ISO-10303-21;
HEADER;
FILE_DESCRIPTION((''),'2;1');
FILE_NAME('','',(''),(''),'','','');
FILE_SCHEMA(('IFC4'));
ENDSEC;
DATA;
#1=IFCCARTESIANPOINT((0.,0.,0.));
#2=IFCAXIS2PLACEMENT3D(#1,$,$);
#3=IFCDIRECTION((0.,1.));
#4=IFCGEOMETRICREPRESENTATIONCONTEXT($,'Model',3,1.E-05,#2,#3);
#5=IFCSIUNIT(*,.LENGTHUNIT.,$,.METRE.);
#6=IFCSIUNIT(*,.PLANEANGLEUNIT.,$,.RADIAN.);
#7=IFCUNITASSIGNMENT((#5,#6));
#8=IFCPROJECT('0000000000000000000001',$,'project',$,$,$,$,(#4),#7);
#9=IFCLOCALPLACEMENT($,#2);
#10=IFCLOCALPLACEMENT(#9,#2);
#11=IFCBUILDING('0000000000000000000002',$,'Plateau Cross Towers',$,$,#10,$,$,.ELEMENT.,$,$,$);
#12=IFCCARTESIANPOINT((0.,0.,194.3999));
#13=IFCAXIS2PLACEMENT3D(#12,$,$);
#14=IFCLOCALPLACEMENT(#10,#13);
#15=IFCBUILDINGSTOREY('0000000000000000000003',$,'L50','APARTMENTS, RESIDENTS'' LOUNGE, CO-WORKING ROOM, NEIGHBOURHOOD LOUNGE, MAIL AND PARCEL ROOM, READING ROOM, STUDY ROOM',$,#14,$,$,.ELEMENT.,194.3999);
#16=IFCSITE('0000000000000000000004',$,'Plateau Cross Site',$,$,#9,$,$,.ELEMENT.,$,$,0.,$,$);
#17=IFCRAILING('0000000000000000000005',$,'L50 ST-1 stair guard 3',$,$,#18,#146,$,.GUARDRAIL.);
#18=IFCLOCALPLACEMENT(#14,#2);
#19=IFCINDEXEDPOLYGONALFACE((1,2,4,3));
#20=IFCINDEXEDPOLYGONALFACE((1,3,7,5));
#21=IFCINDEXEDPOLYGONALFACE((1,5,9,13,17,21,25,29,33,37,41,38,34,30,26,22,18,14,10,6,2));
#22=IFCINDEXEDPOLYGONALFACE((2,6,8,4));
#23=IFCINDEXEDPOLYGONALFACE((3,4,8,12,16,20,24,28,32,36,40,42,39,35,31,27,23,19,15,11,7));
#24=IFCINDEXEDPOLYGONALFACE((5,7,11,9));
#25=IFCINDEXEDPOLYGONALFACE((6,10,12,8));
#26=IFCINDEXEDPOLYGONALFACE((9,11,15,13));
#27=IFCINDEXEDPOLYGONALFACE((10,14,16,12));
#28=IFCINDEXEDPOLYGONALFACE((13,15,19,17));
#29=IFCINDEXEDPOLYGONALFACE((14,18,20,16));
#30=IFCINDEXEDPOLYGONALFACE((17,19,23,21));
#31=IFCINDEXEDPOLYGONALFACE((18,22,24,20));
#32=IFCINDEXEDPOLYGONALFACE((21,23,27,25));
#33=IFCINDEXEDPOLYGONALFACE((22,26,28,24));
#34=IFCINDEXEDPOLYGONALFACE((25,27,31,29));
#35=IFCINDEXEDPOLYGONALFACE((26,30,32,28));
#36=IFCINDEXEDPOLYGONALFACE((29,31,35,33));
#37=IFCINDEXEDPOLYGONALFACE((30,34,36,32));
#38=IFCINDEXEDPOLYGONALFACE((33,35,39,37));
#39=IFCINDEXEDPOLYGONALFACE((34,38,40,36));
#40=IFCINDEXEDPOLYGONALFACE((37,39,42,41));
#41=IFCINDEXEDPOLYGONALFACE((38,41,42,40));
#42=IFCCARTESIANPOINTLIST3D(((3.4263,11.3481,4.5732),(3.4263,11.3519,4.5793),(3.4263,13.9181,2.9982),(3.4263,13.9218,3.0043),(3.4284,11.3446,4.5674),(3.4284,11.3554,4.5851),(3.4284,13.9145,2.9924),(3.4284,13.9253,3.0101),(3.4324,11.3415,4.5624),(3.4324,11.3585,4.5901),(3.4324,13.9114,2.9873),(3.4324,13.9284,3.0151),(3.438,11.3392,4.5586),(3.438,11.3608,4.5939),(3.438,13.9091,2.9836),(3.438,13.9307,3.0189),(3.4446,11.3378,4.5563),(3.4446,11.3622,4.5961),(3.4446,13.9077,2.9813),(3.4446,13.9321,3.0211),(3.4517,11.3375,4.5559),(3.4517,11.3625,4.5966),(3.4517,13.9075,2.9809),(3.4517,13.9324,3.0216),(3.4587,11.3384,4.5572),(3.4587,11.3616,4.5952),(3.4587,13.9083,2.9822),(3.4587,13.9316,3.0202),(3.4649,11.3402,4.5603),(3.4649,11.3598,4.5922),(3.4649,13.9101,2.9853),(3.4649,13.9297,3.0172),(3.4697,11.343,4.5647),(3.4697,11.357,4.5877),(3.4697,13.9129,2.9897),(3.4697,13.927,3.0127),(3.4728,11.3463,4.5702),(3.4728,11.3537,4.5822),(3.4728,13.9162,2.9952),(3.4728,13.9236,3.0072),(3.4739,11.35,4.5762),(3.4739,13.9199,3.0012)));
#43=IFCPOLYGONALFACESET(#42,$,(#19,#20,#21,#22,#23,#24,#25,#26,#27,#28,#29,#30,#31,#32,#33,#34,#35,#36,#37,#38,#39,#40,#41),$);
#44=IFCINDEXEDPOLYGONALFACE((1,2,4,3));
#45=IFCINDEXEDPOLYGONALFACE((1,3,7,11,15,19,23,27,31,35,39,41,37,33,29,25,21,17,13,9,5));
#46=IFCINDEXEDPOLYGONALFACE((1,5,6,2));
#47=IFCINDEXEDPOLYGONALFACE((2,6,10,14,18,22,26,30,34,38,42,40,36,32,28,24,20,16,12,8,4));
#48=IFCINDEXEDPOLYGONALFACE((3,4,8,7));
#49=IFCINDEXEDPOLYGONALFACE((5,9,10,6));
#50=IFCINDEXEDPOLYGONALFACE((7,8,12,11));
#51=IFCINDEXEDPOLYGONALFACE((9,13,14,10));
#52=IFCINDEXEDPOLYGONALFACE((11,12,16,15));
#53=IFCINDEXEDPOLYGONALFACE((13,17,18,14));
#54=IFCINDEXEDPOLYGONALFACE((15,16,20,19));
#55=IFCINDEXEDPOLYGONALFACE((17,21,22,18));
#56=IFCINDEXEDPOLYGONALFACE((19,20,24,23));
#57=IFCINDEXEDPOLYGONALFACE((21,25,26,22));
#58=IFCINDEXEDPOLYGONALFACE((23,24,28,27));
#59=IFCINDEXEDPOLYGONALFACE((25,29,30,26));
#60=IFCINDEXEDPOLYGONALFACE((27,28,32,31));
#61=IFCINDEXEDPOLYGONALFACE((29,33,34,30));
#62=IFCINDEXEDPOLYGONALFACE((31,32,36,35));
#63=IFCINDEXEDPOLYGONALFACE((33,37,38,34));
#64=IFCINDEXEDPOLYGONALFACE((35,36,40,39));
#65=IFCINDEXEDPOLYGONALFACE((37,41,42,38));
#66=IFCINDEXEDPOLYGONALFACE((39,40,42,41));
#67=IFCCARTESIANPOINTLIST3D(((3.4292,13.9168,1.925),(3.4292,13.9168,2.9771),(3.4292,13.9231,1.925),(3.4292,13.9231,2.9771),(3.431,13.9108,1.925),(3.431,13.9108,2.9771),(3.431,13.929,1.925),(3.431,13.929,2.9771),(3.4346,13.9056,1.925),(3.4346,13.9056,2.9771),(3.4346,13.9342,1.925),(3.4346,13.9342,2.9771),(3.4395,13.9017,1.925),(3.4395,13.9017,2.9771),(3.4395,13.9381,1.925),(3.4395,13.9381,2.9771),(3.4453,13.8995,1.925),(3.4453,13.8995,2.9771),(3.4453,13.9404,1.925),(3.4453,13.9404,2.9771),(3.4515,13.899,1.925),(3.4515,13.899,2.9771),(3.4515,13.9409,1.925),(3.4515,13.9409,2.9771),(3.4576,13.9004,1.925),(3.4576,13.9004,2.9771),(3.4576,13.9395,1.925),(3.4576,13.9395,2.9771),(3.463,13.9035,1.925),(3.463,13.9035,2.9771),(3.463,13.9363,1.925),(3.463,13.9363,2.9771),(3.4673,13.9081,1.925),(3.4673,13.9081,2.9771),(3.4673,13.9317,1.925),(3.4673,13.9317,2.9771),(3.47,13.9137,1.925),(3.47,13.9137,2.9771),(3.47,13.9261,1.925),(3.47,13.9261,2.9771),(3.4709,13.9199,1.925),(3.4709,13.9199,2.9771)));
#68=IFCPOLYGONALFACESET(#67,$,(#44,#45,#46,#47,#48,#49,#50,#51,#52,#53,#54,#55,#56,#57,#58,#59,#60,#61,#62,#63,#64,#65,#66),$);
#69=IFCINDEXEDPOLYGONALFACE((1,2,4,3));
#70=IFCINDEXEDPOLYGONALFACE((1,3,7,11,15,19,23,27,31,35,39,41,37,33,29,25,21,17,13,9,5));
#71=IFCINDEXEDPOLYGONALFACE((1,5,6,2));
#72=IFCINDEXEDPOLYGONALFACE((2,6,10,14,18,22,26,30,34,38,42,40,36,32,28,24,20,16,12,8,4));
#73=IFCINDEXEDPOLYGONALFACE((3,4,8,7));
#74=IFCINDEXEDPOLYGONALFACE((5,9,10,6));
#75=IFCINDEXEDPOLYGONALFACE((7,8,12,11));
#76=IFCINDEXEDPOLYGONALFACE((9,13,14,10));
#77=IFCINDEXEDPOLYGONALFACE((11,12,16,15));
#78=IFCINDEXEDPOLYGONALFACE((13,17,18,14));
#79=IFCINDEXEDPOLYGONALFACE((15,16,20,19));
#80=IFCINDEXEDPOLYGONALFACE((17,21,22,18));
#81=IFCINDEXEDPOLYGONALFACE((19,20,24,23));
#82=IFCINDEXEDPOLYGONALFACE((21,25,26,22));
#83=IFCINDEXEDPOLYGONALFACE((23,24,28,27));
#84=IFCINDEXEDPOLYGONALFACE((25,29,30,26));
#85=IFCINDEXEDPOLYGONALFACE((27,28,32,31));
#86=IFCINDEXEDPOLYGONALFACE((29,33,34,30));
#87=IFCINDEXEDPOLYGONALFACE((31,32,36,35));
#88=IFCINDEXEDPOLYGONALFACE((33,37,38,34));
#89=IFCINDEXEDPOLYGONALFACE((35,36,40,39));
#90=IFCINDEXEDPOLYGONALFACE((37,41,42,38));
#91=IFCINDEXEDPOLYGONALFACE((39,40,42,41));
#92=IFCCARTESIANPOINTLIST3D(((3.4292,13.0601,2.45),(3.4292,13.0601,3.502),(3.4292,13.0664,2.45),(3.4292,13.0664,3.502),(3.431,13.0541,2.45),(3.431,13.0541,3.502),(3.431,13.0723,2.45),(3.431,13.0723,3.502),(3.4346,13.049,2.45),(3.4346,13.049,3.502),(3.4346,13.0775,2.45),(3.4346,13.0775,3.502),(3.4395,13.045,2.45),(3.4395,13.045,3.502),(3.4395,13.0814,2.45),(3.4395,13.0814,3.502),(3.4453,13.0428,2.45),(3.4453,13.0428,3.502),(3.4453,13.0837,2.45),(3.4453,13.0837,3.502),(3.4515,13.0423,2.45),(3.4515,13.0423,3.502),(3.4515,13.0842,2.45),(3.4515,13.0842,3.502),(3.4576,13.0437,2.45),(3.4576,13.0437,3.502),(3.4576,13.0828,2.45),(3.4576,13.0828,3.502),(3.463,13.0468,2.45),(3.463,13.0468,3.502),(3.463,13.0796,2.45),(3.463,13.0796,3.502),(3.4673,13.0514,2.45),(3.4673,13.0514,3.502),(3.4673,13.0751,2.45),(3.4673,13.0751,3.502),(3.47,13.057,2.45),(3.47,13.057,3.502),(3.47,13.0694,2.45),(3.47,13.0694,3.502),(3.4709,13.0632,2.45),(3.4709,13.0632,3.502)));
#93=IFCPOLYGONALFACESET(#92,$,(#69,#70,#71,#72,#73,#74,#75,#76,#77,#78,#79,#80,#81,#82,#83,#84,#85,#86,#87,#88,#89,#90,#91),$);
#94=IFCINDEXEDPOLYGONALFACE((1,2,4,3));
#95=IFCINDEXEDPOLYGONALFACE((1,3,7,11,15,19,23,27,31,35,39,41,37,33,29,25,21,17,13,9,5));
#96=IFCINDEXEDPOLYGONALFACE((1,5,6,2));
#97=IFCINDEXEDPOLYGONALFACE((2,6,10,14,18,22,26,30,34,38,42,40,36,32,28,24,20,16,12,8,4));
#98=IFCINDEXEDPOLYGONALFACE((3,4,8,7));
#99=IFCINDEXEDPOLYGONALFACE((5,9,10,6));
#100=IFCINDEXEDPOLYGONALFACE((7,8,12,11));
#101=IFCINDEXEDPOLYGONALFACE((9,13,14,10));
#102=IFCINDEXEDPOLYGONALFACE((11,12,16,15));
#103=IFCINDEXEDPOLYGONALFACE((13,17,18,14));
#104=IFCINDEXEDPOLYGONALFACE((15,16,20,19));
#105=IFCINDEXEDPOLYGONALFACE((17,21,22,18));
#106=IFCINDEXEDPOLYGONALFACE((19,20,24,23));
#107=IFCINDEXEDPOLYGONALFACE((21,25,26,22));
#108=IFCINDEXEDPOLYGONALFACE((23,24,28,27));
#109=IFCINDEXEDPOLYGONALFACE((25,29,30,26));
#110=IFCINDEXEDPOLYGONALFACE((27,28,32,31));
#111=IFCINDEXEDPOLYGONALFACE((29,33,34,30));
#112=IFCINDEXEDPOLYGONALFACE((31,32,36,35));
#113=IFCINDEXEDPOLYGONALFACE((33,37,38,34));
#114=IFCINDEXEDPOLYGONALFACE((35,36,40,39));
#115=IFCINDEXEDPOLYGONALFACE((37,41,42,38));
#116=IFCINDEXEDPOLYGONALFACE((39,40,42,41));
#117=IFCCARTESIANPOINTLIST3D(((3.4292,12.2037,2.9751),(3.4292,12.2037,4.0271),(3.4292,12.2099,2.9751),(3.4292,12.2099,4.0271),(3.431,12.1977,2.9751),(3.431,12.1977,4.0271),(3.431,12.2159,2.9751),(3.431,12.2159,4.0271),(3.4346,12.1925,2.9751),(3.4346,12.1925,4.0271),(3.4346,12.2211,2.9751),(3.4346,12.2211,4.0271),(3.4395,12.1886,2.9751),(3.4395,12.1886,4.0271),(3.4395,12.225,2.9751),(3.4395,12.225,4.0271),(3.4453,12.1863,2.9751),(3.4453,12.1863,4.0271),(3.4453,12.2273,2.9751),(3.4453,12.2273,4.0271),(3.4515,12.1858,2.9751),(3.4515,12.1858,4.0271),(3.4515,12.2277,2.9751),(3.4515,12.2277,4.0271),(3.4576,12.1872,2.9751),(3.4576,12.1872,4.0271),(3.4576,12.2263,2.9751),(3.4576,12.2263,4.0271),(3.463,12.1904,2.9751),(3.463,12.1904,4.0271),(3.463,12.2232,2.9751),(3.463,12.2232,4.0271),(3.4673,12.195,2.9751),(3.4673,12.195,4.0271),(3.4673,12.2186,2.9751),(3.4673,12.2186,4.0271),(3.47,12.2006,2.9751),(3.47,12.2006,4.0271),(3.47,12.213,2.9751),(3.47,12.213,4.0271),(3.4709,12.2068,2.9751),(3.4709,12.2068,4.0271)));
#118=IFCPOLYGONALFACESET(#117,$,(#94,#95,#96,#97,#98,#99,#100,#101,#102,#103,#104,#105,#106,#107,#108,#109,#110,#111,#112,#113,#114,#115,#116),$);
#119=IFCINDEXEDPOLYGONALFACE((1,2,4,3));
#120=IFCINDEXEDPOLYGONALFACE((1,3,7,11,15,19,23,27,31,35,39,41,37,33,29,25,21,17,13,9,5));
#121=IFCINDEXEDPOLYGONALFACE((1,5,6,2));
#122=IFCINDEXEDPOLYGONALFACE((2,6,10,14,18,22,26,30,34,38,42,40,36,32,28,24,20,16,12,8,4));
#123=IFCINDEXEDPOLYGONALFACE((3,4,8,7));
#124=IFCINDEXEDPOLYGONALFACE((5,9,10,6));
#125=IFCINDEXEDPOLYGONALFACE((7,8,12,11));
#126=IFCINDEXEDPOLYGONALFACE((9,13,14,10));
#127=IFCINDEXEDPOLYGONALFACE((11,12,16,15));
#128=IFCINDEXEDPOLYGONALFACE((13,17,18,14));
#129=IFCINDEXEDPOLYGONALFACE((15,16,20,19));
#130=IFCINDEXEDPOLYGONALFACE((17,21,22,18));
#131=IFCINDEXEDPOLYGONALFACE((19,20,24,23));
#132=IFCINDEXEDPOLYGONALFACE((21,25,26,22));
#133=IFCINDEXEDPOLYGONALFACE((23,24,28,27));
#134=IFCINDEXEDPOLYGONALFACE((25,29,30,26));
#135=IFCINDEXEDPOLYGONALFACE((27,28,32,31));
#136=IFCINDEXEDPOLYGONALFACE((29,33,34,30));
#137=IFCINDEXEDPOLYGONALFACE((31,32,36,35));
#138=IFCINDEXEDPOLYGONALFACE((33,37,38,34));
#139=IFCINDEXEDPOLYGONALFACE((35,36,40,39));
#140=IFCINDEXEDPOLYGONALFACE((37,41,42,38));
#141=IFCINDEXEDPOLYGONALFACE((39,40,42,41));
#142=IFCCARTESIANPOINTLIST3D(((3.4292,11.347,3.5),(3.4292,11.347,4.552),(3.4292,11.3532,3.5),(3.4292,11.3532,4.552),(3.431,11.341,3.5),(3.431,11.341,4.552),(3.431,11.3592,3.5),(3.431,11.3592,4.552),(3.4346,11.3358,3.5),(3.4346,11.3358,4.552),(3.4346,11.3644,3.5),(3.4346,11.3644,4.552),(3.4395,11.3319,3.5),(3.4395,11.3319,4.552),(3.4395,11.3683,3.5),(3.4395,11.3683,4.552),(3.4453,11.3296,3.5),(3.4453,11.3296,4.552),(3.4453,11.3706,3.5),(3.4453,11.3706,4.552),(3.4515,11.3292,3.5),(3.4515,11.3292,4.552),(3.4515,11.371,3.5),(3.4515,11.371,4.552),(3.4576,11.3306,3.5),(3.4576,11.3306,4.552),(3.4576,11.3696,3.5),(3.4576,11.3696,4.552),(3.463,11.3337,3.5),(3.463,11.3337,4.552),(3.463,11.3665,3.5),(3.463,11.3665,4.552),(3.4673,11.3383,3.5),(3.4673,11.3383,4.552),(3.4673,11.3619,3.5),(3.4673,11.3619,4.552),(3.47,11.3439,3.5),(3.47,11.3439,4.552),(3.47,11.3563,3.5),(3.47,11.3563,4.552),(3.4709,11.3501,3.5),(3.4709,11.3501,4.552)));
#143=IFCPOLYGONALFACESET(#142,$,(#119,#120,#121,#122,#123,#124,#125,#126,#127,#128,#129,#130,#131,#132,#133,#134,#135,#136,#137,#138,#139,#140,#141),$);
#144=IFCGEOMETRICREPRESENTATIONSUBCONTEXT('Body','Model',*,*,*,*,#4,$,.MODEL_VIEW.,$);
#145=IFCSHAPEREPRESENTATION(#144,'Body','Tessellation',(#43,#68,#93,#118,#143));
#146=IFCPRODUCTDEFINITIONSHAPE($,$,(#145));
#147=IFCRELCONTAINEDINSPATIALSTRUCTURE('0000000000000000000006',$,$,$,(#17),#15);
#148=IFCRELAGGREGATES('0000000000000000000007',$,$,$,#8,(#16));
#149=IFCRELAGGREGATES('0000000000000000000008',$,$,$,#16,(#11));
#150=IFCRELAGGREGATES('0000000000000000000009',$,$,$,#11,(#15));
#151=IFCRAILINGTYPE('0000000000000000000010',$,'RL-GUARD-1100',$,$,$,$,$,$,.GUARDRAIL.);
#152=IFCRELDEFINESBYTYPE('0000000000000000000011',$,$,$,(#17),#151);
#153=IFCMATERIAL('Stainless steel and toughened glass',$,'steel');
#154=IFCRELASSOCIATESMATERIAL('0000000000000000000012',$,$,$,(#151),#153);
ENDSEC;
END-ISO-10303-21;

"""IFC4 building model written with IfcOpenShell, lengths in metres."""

from ifc_helpers import new_model, si_unit, direction, frame, origin, origin_2d, place, context, subcontext, project, spatial, circle, extrude, material, type_object, element, save


model = new_model("IFC4")

# Units and contexts
model_context = context("Model", 3, precision=1e-05, world=origin(), true_north=direction((0.0, 1.0)))
body_context = subcontext(model_context, "Body", "Model", "MODEL_VIEW")
ifc_project = project(units=[si_unit("LENGTHUNIT", "METRE"), si_unit("PLANEANGLEUNIT", "RADIAN")], contexts=[model_context])

# Site, building, storey
site_placement = place(None, origin())
site = spatial("IfcSite", under=ifc_project, at=site_placement, Name="Plateau Cross Site", CompositionType="ELEMENT", RefElevation=0.0)
building_placement = place(site_placement, origin())
building = spatial("IfcBuilding", under=site, at=building_placement, Name="Plateau Cross Towers", CompositionType="ELEMENT")
storey_placement = place(building_placement, frame((0.0, 0.0, 194.3999)))
storey = spatial("IfcBuildingStorey", under=building, at=storey_placement, Name="L50", Description="APARTMENTS, RESIDENTS' LOUNGE, CO-WORKING ROOM, NEIGHBOURHOOD LOUNGE, MAIL AND PARCEL ROOM, READING ROOM, STUDY ROOM", CompositionType="ELEMENT", Elevation=194.3999)

# Railing
ifc_material_1 = material(Name="Stainless steel and toughened glass", Category="steel")
railing_type = type_object("IfcRailingType", Name="RL-GUARD-1100", PredefinedType="GUARDRAIL", material=ifc_material_1)
railing_1_placement = place(storey_placement, frame((3.45, 13.9199, 1.925)))
element("IfcRailing", 1, at=railing_1_placement, inside=storey, type_object=railing_type, Name="L50 ST-1 stair guard 3", PredefinedType="GUARDRAIL", context=body_context, shape_type="SweptSolid", body=[
    extrude(circle(Radius=0.0239, at=origin_2d()), frame((0.0, 0.0, 1.0762), z_axis=(0.0, -0.852616, 0.522537), x_axis=(1.0, 0.0, 0.0)), (0.0, 0.0, 1.0), 3.0142),
    extrude(circle(Radius=0.021, at=origin_2d()), origin(), (0.0, 0.0, 1.0), 1.052),
    extrude(circle(Radius=0.021, at=origin_2d()), frame((0.0, -0.8567, 0.5249)), (0.0, 0.0, 1.0), 1.052),
    extrude(circle(Radius=0.021, at=origin_2d()), frame((0.0, -1.7131, 1.05)), (0.0, 0.0, 1.0), 1.052),
    extrude(circle(Radius=0.021, at=origin_2d()), frame((0.0, -2.5698, 1.575)), (0.0, 0.0, 1.0), 1.052),
])

save(model, "model.ifc")
